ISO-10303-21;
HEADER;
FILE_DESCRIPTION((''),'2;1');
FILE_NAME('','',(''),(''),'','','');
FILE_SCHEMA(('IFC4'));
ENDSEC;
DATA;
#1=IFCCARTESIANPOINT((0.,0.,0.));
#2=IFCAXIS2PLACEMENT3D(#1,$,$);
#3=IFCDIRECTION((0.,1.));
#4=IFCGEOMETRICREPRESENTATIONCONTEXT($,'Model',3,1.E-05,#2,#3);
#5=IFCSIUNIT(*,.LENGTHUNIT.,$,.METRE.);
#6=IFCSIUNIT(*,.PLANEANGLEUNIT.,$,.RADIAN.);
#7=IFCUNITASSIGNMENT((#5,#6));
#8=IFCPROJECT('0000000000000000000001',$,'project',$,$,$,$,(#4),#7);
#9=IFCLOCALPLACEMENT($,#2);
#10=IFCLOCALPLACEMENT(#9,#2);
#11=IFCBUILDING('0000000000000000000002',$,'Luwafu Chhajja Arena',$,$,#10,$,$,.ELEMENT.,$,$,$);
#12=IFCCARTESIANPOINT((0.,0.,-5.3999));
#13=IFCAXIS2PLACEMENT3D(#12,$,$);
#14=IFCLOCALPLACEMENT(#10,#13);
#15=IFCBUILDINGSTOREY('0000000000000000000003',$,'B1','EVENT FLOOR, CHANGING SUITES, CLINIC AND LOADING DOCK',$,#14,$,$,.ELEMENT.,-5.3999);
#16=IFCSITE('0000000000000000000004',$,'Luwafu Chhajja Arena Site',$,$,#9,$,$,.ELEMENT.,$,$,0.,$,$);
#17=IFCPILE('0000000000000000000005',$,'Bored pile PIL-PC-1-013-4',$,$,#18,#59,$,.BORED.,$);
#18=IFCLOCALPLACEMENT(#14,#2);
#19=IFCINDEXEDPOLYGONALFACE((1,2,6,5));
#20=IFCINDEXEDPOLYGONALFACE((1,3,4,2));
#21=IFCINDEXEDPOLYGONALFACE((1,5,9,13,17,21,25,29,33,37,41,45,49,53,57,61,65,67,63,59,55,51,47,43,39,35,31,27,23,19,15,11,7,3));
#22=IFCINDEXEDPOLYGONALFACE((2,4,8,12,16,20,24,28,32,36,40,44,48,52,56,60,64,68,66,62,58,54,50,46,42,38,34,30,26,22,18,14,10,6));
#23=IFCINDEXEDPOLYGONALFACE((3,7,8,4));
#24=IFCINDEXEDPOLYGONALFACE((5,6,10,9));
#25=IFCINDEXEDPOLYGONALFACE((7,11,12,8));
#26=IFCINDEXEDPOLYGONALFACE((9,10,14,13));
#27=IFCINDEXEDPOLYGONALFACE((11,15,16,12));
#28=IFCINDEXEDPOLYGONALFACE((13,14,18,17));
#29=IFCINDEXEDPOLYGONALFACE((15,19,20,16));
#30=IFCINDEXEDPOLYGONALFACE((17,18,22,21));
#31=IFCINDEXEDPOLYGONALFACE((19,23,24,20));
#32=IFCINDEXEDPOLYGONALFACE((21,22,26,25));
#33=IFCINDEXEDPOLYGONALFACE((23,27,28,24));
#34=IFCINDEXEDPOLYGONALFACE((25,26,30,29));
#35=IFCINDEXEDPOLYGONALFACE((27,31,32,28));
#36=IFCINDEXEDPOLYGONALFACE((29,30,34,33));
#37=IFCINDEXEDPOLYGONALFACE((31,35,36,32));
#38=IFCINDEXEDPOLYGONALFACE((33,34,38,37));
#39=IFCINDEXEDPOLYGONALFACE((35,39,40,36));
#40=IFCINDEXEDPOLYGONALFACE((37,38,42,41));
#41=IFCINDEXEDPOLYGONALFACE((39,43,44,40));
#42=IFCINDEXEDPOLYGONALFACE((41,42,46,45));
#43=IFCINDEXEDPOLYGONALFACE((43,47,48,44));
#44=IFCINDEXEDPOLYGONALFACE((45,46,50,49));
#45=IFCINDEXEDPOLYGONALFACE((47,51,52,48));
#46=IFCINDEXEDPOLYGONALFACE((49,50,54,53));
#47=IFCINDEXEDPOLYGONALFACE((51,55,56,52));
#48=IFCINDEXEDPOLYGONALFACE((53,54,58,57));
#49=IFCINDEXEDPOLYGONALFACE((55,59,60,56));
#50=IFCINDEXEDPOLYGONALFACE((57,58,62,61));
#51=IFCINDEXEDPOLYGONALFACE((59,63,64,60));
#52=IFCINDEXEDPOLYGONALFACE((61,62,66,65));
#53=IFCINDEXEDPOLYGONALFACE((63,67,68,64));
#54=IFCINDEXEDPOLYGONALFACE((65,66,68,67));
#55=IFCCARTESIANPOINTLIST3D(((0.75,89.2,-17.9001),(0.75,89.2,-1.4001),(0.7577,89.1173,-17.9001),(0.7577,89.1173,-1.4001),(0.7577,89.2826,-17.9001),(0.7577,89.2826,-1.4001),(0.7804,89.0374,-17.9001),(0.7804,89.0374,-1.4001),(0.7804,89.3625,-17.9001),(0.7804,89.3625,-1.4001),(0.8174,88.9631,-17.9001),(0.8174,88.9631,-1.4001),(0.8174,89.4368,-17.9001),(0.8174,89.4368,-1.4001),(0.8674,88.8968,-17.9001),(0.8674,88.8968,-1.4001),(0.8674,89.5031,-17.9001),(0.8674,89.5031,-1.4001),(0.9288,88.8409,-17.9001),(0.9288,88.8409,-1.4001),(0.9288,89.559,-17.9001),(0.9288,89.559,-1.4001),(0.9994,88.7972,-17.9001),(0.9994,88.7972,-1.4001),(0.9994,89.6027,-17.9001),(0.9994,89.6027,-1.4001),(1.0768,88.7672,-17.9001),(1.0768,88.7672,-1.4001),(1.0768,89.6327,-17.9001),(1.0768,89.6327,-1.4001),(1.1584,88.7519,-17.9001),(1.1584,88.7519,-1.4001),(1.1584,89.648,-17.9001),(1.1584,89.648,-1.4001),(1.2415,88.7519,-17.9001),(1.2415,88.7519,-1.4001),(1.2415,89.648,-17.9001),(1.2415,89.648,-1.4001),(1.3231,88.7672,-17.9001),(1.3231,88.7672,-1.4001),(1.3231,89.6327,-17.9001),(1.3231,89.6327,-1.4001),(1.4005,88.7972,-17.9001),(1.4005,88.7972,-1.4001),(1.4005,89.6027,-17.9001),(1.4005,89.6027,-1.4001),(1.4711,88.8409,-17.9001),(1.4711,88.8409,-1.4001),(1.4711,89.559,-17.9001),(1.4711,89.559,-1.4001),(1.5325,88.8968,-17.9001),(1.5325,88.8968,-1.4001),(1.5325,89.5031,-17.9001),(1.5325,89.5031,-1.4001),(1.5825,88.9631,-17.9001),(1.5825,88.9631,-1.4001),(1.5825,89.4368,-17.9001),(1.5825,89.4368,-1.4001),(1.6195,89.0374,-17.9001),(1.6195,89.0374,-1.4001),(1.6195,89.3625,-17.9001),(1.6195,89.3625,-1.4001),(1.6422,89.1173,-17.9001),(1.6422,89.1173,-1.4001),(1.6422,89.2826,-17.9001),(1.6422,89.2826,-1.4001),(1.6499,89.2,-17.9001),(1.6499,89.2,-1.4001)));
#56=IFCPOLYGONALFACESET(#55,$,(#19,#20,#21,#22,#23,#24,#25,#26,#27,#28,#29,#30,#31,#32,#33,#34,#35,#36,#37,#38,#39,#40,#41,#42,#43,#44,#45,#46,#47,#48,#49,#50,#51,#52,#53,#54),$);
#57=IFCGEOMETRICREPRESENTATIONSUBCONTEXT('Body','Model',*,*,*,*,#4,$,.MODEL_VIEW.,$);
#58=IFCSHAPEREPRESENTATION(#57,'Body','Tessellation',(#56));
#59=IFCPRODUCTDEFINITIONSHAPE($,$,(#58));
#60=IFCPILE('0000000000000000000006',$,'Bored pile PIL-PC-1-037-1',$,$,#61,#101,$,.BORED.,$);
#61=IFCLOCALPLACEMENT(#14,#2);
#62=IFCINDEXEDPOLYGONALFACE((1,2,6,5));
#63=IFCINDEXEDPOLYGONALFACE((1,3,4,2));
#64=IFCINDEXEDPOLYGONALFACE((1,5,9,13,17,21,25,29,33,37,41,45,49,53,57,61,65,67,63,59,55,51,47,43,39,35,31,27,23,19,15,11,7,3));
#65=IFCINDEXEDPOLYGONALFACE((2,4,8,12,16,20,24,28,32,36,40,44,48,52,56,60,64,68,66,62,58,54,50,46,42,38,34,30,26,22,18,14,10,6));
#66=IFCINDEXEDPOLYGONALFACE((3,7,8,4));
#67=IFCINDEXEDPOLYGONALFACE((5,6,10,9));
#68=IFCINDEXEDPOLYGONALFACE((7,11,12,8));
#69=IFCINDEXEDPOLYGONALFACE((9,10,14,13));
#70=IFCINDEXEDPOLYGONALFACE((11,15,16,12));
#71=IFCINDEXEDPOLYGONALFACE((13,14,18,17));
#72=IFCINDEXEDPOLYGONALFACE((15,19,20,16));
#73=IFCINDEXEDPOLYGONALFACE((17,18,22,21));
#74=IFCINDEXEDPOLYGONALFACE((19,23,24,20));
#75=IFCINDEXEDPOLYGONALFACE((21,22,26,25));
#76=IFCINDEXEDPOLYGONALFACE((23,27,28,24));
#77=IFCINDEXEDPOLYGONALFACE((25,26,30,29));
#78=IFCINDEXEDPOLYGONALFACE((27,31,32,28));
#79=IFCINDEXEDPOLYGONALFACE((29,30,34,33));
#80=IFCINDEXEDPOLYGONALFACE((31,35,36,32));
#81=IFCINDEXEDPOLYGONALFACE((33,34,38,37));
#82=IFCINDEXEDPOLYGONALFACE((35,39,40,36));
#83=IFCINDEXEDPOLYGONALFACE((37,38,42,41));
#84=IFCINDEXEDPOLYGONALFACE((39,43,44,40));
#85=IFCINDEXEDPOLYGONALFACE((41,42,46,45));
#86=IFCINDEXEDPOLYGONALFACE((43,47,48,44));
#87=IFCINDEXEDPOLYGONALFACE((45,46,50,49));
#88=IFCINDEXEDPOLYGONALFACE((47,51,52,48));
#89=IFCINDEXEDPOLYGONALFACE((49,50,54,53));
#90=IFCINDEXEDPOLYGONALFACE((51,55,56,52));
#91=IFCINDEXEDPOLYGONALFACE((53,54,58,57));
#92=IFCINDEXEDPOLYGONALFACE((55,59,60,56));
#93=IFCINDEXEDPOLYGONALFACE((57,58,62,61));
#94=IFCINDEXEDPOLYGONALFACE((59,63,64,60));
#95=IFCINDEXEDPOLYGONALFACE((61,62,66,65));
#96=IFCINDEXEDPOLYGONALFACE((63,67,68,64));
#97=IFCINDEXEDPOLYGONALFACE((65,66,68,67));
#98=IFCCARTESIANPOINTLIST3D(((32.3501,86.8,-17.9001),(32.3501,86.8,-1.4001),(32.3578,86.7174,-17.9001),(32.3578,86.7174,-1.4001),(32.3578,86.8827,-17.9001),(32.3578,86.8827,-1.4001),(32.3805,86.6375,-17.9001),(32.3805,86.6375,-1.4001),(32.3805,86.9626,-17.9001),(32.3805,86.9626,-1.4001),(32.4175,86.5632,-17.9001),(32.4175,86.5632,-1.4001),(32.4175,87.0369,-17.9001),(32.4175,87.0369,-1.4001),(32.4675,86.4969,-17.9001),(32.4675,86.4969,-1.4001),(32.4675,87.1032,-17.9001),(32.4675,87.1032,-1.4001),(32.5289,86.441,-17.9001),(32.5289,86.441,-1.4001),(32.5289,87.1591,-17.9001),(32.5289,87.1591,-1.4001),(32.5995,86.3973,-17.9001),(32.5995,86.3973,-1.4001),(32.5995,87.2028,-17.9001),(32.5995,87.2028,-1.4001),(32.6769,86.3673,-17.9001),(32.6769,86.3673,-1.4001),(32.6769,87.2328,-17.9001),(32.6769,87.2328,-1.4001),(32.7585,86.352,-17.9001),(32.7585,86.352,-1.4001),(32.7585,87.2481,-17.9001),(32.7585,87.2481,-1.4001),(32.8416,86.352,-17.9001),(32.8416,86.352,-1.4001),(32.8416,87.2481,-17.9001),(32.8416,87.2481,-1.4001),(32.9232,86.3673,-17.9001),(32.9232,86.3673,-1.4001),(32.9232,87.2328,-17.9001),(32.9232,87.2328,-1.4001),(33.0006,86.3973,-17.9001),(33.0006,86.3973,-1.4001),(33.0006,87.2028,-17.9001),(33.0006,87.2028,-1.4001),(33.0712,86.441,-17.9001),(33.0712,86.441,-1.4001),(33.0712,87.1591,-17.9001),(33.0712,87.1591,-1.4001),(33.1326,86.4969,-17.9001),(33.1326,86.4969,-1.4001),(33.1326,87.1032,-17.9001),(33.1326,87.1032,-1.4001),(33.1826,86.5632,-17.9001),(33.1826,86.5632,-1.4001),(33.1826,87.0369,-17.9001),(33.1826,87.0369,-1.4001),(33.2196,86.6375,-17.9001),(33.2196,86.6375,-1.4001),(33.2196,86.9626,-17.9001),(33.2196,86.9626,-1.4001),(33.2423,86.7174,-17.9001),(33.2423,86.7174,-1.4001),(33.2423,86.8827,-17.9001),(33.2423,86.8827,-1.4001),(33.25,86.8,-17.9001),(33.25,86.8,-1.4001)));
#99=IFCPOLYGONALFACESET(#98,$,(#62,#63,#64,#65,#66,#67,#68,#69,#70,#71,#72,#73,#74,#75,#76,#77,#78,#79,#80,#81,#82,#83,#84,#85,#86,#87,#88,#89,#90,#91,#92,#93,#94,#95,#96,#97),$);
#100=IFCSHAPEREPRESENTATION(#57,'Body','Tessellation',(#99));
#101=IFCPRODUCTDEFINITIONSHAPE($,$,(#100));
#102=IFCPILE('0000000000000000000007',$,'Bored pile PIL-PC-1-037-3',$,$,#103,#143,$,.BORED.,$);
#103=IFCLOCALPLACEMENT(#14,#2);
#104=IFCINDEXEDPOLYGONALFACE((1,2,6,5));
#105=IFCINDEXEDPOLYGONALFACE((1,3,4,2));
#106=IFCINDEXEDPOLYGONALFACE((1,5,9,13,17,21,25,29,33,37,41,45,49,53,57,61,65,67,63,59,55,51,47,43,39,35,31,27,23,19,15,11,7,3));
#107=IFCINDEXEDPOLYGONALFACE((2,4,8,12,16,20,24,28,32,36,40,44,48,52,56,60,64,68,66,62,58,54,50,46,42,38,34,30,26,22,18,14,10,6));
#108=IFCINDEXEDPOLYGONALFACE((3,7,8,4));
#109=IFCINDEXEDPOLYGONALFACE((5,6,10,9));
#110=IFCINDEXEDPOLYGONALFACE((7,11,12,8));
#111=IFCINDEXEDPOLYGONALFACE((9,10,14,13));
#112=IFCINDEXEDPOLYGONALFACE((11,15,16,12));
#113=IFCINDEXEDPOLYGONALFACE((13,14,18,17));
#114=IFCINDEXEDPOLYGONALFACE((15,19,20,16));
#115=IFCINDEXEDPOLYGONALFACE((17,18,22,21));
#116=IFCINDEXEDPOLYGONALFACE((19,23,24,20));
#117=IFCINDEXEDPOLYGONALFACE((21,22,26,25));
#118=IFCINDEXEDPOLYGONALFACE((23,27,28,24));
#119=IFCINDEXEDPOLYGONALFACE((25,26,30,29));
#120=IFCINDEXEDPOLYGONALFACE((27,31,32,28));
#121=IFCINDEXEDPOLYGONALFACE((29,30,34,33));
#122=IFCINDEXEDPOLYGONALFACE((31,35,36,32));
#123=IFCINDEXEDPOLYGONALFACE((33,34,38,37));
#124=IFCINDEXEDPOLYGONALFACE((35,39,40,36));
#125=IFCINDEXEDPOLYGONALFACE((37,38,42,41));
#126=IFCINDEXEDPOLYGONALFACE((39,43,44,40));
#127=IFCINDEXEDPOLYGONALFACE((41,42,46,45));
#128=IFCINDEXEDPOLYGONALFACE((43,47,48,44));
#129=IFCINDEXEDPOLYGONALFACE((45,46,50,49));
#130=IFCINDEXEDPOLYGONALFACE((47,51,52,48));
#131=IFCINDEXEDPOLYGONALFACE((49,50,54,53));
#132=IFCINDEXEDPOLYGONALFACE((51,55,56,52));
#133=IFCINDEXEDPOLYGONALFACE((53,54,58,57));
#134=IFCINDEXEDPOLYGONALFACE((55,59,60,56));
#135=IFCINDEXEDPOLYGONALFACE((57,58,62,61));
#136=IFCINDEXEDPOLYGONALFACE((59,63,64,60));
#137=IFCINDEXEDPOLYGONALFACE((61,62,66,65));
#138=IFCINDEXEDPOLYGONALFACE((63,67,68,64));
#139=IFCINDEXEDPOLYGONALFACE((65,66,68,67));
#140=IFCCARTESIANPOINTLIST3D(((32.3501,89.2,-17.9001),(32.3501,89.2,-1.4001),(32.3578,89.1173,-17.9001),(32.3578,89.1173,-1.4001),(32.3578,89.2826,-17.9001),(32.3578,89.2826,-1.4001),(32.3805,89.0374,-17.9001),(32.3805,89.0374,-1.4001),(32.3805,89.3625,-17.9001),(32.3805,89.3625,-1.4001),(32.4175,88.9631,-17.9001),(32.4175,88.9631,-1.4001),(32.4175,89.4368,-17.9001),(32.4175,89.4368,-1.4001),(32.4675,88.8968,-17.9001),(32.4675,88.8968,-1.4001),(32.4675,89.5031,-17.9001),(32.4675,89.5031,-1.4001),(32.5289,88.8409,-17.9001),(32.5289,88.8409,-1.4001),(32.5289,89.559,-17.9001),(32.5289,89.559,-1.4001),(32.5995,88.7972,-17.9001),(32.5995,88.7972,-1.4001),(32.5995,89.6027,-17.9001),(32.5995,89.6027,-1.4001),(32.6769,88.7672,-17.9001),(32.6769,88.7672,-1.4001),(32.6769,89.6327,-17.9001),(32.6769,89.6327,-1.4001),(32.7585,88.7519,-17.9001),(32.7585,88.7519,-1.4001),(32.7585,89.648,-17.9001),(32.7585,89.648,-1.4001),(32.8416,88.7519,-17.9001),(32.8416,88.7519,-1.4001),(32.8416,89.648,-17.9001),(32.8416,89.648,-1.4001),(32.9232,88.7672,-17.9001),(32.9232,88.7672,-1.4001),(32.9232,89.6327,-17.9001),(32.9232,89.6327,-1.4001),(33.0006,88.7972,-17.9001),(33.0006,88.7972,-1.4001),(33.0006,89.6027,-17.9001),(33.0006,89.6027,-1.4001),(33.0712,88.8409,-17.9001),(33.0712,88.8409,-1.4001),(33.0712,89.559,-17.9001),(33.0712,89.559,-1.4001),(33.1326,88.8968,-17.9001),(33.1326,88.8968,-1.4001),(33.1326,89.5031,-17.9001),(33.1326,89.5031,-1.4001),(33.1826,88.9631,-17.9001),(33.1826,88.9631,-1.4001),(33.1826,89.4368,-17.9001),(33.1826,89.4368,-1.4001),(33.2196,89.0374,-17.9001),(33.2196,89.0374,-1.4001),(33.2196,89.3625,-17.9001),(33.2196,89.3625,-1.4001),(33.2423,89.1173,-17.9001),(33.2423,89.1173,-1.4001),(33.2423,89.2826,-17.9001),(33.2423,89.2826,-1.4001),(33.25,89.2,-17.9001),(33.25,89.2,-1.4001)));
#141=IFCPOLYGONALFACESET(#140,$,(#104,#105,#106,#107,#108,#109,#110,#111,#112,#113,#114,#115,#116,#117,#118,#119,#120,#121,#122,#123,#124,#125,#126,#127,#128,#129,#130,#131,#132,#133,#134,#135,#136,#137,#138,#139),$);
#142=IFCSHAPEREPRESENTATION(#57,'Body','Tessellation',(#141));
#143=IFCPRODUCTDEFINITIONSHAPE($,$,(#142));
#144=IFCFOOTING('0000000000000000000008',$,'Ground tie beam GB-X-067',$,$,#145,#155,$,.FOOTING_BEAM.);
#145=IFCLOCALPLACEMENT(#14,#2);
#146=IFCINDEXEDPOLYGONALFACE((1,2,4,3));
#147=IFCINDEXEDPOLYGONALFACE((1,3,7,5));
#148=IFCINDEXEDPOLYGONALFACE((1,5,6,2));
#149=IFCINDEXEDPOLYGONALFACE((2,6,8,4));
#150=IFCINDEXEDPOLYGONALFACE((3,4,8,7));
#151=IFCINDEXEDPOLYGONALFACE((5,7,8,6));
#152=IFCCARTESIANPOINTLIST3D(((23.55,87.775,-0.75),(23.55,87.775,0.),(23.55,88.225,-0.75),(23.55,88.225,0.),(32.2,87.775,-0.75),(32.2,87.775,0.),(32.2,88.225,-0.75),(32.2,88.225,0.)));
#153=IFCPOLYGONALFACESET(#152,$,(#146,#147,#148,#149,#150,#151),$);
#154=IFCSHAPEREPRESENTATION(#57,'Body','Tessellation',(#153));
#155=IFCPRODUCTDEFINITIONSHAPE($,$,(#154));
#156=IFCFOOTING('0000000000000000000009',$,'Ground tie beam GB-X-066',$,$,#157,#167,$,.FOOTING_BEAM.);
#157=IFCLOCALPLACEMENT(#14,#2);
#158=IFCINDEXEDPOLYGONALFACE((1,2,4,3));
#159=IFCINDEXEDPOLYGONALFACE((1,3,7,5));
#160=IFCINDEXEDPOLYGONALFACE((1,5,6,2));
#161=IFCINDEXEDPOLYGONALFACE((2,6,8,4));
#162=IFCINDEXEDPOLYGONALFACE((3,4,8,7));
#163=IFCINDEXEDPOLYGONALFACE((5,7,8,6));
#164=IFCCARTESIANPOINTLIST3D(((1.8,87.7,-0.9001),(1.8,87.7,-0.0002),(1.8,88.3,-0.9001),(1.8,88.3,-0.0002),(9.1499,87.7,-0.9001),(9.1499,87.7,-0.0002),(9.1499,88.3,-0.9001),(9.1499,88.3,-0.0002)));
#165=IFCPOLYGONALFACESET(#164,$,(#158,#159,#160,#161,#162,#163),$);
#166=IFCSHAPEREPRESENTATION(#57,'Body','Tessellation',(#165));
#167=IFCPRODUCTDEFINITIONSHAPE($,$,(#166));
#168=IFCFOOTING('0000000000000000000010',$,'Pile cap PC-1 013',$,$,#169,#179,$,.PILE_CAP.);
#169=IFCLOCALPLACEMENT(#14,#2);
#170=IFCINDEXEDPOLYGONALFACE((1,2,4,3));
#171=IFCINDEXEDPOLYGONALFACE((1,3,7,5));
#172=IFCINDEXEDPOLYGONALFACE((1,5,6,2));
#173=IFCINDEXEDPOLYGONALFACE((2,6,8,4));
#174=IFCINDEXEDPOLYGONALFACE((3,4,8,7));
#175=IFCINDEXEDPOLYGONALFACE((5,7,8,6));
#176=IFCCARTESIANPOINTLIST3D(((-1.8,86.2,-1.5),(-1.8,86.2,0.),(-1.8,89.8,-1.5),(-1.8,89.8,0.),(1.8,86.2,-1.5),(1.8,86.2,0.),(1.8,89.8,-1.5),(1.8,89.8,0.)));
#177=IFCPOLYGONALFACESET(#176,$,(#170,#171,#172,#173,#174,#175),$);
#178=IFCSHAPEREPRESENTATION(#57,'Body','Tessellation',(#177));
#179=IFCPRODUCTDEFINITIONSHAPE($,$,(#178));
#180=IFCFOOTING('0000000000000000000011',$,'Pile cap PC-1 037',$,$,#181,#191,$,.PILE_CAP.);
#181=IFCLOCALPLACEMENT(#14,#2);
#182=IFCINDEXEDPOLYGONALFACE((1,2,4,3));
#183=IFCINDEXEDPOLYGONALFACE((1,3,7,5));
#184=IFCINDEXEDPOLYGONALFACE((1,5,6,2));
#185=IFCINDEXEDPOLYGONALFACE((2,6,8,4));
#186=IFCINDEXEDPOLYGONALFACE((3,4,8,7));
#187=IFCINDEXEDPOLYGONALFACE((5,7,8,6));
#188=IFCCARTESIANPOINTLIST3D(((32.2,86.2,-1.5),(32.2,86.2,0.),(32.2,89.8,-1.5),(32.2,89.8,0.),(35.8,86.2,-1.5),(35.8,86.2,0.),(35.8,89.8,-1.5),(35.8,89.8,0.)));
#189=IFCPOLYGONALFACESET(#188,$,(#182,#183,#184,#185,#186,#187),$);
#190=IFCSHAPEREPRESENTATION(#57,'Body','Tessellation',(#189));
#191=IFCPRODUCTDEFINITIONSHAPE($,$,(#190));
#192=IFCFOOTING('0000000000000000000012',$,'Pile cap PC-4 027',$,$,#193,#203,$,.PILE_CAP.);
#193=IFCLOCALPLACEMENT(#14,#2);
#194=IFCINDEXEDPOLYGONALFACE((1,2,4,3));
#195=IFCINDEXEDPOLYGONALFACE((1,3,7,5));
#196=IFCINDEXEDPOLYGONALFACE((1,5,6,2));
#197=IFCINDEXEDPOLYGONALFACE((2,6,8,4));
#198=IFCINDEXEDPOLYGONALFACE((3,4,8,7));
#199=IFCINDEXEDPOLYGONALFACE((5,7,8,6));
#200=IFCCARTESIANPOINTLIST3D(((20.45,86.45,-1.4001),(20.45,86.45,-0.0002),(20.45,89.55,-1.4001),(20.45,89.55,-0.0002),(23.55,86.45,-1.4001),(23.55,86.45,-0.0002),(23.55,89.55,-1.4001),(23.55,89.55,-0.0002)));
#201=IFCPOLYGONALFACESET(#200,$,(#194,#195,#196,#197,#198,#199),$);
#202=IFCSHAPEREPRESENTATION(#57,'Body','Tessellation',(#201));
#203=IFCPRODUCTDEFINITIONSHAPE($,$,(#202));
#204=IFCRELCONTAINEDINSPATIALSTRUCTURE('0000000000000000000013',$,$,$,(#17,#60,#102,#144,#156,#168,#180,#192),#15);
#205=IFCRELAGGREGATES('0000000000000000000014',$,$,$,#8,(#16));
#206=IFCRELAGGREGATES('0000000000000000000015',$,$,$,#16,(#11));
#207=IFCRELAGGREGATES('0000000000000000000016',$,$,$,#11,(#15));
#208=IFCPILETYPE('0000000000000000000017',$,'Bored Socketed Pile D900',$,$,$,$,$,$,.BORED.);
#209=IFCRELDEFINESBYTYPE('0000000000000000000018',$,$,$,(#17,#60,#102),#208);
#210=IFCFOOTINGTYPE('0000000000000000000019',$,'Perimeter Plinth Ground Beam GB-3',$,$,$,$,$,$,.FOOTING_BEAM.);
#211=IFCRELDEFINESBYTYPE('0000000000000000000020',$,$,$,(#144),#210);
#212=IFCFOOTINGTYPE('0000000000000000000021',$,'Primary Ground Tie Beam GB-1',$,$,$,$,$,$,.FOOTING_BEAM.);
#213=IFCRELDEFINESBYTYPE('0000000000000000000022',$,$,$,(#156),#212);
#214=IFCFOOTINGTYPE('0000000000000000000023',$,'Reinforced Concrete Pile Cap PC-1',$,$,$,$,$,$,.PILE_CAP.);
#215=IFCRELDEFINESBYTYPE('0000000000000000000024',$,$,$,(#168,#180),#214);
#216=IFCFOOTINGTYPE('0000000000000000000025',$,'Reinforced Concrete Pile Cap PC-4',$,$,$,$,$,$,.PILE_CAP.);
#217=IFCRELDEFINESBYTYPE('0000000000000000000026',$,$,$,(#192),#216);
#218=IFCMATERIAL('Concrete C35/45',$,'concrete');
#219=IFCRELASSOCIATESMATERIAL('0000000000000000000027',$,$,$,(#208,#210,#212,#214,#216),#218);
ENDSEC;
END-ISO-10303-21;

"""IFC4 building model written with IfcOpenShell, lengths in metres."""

from ifc_helpers import new_model, si_unit, direction, frame, origin, origin_2d, place, context, subcontext, project, spatial, rectangle, circle, extrude, material, material_profile, profile_set, type_object, element, save


model = new_model("IFC4")

# Units and contexts
model_context = context("Model", 3, precision=1e-05, world=origin(), true_north=direction((0.0, 1.0)))
body_context = subcontext(model_context, "Body", "Model", "MODEL_VIEW")
ifc_project = project(units=[si_unit("LENGTHUNIT", "METRE"), si_unit("PLANEANGLEUNIT", "RADIAN")], contexts=[model_context])

# Site, building, storey
site_placement = place(None, origin())
site = spatial("IfcSite", under=ifc_project, at=site_placement, Name="Luwafu Chhajja Arena Site", CompositionType="ELEMENT", RefElevation=0.0)
building_placement = place(site_placement, origin())
building = spatial("IfcBuilding", under=site, at=building_placement, Name="Luwafu Chhajja Arena", CompositionType="ELEMENT")
storey_placement = place(building_placement, frame((0.0, 0.0, -5.3999)))
storey = spatial("IfcBuildingStorey", under=building, at=storey_placement, Name="B1", Description="EVENT FLOOR, CHANGING SUITES, CLINIC AND LOADING DOCK", CompositionType="ELEMENT", Elevation=-5.3999)

# Piles
ifc_material_1 = material(Name="Concrete C35/45", Category="concrete")
ifc_material_profile_1 = material_profile(ifc_material_1, circle(Radius=0.45, at=origin_2d()), Name="PILE D900")
ifc_profile_set_1 = profile_set([ifc_material_profile_1], Name="Concrete C35/45")
pile_type_1 = type_object("IfcPileType", Name="Bored Socketed Pile D900", PredefinedType="BORED", material=ifc_profile_set_1)
for number, where, z_axis, x_axis, name in (
    (1, (1.2, 89.2, -1.4001), (0.0, 0.0, -1.0), (1.0, 0.0, 0.0), "Bored pile PIL-PC-1-013-4"),
    (2, (32.8, 86.8, -1.4001), (0.0, 0.0, -1.0), (1.0, 0.0, 0.0), "Bored pile PIL-PC-1-037-1"),
    (3, (32.8, 89.2, -1.4001), (0.0, 0.0, -1.0), (1.0, 0.0, 0.0), "Bored pile PIL-PC-1-037-3"),
):
    element("IfcPile", number, at=place(storey_placement, frame(where, z_axis=z_axis, x_axis=x_axis)), inside=storey, type_object=pile_type_1, Name=name, PredefinedType="BORED", context=body_context, shape_type="SweptSolid", body=[
        extrude(circle(Radius=0.45, at=origin_2d()), origin(), (0.0, 0.0, 1.0), 16.5),
    ])

# Footings
ifc_material_profile_2 = material_profile(ifc_material_1, rectangle(XDim=0.45, YDim=0.75, at=origin_2d()), Name="RC 450x750")
ifc_profile_set_2 = profile_set([ifc_material_profile_2], Name="Concrete C35/45")
footing_type_1 = type_object("IfcFootingType", Name="Perimeter Plinth Ground Beam GB-3", PredefinedType="FOOTING_BEAM", material=ifc_profile_set_2)
footing_1_placement = place(storey_placement, frame((23.55, 88.0, -0.375), z_axis=(1.0, 0.0, 0.0), x_axis=(0.0, 1.0, 0.0)))
element("IfcFooting", 4, at=footing_1_placement, inside=storey, type_object=footing_type_1, Name="Ground tie beam GB-X-067", PredefinedType="FOOTING_BEAM", context=body_context, shape_type="SweptSolid", body=[
    extrude(rectangle(XDim=0.45, YDim=0.75, at=origin_2d()), origin(), (0.0, 0.0, 1.0), 8.6499),
])
ifc_material_profile_3 = material_profile(ifc_material_1, rectangle(XDim=0.6001, YDim=0.8999, at=origin_2d()), Name="RC 600x900")
ifc_profile_set_3 = profile_set([ifc_material_profile_3], Name="Concrete C35/45")
footing_type_2 = type_object("IfcFootingType", Name="Primary Ground Tie Beam GB-1", PredefinedType="FOOTING_BEAM", material=ifc_profile_set_3)
footing_2_placement = place(storey_placement, frame((1.8, 88.0, -0.4502), z_axis=(1.0, 0.0, 0.0), x_axis=(0.0, 1.0, 0.0)))
element("IfcFooting", 5, at=footing_2_placement, inside=storey, type_object=footing_type_2, Name="Ground tie beam GB-X-066", PredefinedType="FOOTING_BEAM", context=body_context, shape_type="SweptSolid", body=[
    extrude(rectangle(XDim=0.6001, YDim=0.8999, at=origin_2d()), origin(), (0.0, 0.0, 1.0), 7.3499),
])
footing_type_3 = type_object("IfcFootingType", Name="Reinforced Concrete Pile Cap PC-1", PredefinedType="PILE_CAP", material=ifc_material_1)
for number, where, z_axis, x_axis, name in (
    (6, (0.0, 88.0, -1.5), (0.0, 0.0, 1.0), (1.0, 0.0, 0.0), "Pile cap PC-1 013"),
    (7, (34.0, 88.0, -1.5), (0.0, 0.0, 1.0), (1.0, 0.0, 0.0), "Pile cap PC-1 037"),
):
    element("IfcFooting", number, at=place(storey_placement, frame(where, z_axis=z_axis, x_axis=x_axis)), inside=storey, type_object=footing_type_3, Name=name, PredefinedType="PILE_CAP", context=body_context, shape_type="SweptSolid", body=[
        extrude(rectangle(XDim=3.6001, YDim=3.6001, at=origin_2d()), origin(), (0.0, 0.0, 1.0), 1.5),
    ])
footing_type_4 = type_object("IfcFootingType", Name="Reinforced Concrete Pile Cap PC-4", PredefinedType="PILE_CAP", material=ifc_material_1)
footing_3_placement = place(storey_placement, frame((22.0, 88.0, -1.4001), z_axis=(0.0, 0.0, 1.0), x_axis=(1.0, 0.0, 0.0)))
element("IfcFooting", 8, at=footing_3_placement, inside=storey, type_object=footing_type_4, Name="Pile cap PC-4 027", PredefinedType="PILE_CAP", context=body_context, shape_type="SweptSolid", body=[
    extrude(rectangle(XDim=3.1001, YDim=3.1001, at=origin_2d()), origin(), (0.0, 0.0, 1.0), 1.3999),
])

save(model, "model.ifc")
